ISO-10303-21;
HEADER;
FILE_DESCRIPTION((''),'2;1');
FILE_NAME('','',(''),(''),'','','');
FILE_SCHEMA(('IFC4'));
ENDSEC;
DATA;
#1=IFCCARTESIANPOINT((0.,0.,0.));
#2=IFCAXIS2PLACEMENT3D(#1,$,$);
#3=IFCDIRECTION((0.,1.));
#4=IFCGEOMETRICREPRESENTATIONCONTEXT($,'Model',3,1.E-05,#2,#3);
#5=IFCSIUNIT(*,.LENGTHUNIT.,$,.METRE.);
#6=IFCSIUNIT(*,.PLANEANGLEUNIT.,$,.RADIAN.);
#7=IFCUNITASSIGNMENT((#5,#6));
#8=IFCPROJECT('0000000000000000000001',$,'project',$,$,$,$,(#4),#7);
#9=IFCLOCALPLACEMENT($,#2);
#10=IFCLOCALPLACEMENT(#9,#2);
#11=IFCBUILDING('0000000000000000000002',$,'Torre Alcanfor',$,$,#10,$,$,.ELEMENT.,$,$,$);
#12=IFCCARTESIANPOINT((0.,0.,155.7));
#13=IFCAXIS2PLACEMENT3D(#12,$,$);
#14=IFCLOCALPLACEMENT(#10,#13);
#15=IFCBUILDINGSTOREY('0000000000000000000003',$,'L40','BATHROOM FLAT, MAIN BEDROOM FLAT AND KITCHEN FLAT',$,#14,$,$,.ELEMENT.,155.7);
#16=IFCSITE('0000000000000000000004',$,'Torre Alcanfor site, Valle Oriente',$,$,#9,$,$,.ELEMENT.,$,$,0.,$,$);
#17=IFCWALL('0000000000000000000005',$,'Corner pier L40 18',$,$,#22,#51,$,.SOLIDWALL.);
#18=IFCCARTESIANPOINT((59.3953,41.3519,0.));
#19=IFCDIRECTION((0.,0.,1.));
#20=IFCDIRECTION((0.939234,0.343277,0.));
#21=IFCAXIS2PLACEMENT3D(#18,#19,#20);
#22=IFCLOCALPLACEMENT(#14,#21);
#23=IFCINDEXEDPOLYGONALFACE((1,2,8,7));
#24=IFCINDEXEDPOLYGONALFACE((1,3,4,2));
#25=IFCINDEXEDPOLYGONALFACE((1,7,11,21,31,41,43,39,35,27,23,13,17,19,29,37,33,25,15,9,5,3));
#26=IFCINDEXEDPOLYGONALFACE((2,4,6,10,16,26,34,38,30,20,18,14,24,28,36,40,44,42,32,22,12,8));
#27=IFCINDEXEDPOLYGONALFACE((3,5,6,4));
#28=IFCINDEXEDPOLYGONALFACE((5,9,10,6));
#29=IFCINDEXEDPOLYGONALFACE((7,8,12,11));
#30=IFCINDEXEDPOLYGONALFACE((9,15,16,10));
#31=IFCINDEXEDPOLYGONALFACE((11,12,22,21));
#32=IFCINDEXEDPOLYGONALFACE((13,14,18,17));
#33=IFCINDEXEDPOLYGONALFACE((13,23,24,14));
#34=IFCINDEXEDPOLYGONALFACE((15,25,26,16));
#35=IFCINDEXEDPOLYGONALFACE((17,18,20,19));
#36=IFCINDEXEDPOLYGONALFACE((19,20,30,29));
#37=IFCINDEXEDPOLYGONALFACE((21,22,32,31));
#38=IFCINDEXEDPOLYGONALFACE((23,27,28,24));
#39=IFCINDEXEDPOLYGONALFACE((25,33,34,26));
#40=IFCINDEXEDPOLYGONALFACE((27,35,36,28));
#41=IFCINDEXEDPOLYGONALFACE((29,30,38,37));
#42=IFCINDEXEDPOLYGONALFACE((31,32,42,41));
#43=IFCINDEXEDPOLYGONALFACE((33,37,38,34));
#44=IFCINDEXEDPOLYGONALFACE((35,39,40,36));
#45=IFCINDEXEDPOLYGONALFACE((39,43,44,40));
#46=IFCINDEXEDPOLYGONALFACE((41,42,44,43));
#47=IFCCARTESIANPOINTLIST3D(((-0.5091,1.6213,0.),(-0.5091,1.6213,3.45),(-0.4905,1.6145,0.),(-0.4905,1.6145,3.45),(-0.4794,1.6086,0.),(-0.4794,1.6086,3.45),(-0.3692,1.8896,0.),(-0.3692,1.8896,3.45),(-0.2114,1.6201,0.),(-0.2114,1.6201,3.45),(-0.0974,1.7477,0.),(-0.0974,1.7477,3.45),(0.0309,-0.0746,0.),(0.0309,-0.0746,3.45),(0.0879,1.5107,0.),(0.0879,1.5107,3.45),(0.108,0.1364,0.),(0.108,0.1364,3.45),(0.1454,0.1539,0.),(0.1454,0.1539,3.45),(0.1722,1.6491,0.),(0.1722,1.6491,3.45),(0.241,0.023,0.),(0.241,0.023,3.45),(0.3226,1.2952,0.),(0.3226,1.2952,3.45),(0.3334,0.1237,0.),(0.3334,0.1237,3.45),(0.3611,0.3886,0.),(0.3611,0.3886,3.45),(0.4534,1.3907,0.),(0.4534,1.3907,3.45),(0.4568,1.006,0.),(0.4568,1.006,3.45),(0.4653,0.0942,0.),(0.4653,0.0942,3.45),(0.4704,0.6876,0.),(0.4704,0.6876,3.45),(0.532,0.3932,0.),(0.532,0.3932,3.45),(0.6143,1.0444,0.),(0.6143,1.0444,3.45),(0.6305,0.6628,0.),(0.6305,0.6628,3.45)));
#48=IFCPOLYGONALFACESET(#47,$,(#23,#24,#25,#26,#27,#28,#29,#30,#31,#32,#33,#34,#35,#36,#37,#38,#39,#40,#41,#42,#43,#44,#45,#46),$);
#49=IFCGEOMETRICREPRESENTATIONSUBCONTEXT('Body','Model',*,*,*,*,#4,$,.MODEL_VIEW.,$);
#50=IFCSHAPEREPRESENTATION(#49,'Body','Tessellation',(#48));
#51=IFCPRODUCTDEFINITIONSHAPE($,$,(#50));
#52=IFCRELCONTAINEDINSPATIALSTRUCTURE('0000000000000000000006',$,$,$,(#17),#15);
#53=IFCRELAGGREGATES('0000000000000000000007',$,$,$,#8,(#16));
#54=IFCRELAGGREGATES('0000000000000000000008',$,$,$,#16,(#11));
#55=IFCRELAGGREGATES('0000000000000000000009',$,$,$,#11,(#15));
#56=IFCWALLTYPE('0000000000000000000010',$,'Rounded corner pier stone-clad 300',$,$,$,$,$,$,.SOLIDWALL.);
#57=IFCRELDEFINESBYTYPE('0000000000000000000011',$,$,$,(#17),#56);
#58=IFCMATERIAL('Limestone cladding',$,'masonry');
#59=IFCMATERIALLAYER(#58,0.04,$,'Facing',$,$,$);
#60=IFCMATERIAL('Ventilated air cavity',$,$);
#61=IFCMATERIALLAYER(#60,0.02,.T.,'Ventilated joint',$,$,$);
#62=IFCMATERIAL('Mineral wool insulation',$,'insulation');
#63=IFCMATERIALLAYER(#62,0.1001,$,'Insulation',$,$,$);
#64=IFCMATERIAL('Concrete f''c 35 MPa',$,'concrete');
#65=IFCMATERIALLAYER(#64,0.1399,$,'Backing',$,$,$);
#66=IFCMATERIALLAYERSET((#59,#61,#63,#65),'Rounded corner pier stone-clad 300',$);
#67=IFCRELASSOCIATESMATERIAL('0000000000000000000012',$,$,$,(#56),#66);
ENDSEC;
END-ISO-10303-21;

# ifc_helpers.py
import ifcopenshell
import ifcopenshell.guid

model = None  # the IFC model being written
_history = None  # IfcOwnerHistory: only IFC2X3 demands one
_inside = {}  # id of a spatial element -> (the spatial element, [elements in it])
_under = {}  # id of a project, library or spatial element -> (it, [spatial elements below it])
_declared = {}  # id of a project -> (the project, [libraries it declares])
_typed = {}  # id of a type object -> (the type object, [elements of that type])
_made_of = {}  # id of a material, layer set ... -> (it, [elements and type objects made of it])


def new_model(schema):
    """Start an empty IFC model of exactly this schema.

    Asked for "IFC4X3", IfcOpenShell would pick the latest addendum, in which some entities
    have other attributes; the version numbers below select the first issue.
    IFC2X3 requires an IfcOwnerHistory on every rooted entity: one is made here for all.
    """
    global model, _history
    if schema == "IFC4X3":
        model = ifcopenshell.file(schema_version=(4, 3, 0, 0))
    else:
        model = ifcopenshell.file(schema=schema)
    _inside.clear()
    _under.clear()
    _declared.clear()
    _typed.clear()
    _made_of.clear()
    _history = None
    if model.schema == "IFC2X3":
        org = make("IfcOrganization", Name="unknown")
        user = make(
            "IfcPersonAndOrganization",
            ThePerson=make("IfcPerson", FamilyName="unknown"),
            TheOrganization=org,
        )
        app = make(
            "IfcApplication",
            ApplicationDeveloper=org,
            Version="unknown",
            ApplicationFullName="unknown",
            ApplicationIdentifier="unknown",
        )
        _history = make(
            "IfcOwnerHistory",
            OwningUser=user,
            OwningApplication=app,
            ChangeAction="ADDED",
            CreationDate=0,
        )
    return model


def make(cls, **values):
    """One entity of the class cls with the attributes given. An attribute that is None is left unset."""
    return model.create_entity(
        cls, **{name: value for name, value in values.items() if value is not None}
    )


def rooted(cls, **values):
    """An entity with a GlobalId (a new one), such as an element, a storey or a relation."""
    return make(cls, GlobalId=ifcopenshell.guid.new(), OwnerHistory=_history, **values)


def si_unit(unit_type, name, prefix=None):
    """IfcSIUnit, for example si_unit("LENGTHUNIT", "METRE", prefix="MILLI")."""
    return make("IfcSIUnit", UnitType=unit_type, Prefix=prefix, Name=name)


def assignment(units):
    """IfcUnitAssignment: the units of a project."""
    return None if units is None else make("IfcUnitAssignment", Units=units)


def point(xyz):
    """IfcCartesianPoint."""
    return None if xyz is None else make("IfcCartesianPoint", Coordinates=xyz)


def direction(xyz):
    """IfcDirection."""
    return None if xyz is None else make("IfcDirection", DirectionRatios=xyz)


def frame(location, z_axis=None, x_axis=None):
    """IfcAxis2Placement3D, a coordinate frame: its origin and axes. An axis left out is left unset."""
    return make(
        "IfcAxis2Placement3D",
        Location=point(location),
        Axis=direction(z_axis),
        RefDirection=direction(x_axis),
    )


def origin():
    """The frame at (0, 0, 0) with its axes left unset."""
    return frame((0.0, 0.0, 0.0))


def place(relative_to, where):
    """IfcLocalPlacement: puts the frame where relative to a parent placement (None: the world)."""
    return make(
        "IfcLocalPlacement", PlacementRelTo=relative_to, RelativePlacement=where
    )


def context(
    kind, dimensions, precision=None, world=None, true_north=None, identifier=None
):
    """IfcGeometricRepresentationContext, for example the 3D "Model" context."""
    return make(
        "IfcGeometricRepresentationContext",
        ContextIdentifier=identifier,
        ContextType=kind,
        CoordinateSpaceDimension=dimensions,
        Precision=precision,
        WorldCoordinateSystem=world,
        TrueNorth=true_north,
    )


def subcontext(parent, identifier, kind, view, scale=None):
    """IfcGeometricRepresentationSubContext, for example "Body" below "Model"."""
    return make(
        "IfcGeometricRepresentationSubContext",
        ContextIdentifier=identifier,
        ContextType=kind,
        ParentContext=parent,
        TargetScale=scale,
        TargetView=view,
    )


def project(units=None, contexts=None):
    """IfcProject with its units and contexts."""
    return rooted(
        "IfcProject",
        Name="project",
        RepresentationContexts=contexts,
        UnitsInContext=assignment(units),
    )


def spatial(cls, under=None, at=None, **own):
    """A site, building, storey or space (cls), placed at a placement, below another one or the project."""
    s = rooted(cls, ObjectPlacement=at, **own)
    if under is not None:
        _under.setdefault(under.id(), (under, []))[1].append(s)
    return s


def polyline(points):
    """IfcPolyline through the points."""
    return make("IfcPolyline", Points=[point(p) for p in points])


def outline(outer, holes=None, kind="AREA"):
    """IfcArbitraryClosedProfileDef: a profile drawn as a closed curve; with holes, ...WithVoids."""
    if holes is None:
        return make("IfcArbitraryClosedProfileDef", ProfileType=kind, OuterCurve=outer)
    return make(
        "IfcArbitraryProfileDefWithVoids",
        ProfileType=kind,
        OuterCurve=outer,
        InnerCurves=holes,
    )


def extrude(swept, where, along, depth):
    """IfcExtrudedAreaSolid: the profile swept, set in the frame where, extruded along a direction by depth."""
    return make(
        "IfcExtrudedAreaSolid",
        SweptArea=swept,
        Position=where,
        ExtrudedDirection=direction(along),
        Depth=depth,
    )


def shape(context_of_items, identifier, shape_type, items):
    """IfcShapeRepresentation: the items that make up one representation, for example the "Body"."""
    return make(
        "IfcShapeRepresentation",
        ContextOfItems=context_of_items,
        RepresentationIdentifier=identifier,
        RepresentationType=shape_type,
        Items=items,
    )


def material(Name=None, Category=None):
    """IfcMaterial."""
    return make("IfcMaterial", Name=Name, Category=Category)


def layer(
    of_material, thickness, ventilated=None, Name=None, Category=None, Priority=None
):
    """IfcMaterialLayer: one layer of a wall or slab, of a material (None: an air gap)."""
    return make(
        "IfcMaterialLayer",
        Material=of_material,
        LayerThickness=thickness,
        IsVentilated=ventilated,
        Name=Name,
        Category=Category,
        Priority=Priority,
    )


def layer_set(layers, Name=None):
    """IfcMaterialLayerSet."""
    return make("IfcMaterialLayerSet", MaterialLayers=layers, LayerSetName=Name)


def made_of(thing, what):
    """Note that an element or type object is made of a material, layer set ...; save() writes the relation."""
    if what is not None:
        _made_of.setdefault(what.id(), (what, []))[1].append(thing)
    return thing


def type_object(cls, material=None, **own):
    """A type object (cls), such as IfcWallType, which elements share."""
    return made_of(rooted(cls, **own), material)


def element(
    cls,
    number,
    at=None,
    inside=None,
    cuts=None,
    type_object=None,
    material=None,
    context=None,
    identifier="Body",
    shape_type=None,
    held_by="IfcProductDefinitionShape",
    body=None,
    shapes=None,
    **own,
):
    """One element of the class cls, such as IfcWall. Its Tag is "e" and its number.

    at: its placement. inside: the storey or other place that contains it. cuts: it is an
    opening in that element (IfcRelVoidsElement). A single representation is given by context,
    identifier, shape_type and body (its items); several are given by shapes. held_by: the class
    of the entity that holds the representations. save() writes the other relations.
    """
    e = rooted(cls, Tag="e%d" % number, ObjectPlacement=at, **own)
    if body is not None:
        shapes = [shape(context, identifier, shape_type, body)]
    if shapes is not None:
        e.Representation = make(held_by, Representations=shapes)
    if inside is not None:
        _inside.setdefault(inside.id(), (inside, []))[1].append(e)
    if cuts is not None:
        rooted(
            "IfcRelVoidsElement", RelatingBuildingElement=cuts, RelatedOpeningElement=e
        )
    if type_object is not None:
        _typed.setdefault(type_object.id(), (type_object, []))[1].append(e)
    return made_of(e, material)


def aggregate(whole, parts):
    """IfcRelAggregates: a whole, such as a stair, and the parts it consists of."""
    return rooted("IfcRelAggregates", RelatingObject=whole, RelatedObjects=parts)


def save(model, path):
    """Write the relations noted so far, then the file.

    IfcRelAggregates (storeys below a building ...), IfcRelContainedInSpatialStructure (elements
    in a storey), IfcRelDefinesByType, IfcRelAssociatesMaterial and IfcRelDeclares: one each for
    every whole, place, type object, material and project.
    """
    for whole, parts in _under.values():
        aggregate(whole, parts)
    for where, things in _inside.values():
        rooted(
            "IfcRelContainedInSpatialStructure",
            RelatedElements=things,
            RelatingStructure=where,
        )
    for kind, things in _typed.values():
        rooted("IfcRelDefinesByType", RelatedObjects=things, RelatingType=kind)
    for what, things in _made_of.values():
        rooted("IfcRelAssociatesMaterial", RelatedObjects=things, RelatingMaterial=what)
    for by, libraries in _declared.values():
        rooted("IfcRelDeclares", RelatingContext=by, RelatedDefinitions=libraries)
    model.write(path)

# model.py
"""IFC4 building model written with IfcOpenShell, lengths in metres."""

from ifc_helpers import new_model, si_unit, direction, frame, origin, place, context, subcontext, project, spatial, polyline, outline, extrude, material, layer, layer_set, type_object, element, save


model = new_model("IFC4")

# Units and contexts
model_context = context("Model", 3, precision=1e-05, world=origin(), true_north=direction((0.0, 1.0)))
body_context = subcontext(model_context, "Body", "Model", "MODEL_VIEW")
ifc_project = project(units=[si_unit("LENGTHUNIT", "METRE"), si_unit("PLANEANGLEUNIT", "RADIAN")], contexts=[model_context])

# Site, building, storey
site_placement = place(None, origin())
site = spatial("IfcSite", under=ifc_project, at=site_placement, Name="Torre Alcanfor site, Valle Oriente", CompositionType="ELEMENT", RefElevation=0.0)
building_placement = place(site_placement, origin())
building = spatial("IfcBuilding", under=site, at=building_placement, Name="Torre Alcanfor", CompositionType="ELEMENT")
storey_placement = place(building_placement, frame((0.0, 0.0, 155.7)))
storey = spatial("IfcBuildingStorey", under=building, at=storey_placement, Name="L40", Description="BATHROOM FLAT, MAIN BEDROOM FLAT AND KITCHEN FLAT", CompositionType="ELEMENT", Elevation=155.7)

# Shared definitions
ifc_material_1 = material(Name="Limestone cladding", Category="masonry")
ifc_material_2 = material(Name="Ventilated air cavity")
ifc_material_3 = material(Name="Mineral wool insulation", Category="insulation")
ifc_material_4 = material(Name="Concrete f'c 35 MPa", Category="concrete")

# Wall
ifc_layer_1 = layer(ifc_material_1, 0.04, Name="Facing")
ifc_layer_2 = layer(ifc_material_2, 0.02, ventilated=True, Name="Ventilated joint")
ifc_layer_3 = layer(ifc_material_3, 0.1001, Name="Insulation")
ifc_layer_4 = layer(ifc_material_4, 0.1399, Name="Backing")
ifc_layer_set_1 = layer_set([ifc_layer_1, ifc_layer_2, ifc_layer_3, ifc_layer_4], Name="Rounded corner pier stone-clad 300")
wall_type_1 = type_object("IfcWallType", Name="Rounded corner pier stone-clad 300", PredefinedType="SOLIDWALL", material=ifc_layer_set_1)
wall_1_placement = place(storey_placement, frame((59.3953, 41.3519, 0.0), z_axis=(0.0, 0.0, 1.0), x_axis=(0.939234, 0.343277, 0.0)))
element("IfcWall", 1, at=wall_1_placement, inside=storey, type_object=wall_type_1, Name="Corner pier L40 18", PredefinedType="SOLIDWALL", context=body_context, shape_type="SweptSolid", body=[
    extrude(outline(polyline([(0.532, 0.3932), (0.6305, 0.6628), (0.6143, 1.0444), (0.4534, 1.3907), (0.1722, 1.6491), (-0.0974, 1.7477), (-0.3692, 1.8896), (-0.5091, 1.6213), (-0.4905, 1.6145), (-0.4794, 1.6086), (-0.2114, 1.6201), (0.0879, 1.5107), (0.3226, 1.2952), (0.4568, 1.006), (0.4704, 0.6876), (0.3611, 0.3886), (0.1454, 0.1539), (0.108, 0.1364), (0.0309, -0.0746), (0.241, 0.023), (0.3334, 0.1237), (0.4653, 0.0942), (0.532, 0.3932)])), origin(), (0.0, 0.0, 1.0), 3.45),
])

save(model, "model.ifc")
